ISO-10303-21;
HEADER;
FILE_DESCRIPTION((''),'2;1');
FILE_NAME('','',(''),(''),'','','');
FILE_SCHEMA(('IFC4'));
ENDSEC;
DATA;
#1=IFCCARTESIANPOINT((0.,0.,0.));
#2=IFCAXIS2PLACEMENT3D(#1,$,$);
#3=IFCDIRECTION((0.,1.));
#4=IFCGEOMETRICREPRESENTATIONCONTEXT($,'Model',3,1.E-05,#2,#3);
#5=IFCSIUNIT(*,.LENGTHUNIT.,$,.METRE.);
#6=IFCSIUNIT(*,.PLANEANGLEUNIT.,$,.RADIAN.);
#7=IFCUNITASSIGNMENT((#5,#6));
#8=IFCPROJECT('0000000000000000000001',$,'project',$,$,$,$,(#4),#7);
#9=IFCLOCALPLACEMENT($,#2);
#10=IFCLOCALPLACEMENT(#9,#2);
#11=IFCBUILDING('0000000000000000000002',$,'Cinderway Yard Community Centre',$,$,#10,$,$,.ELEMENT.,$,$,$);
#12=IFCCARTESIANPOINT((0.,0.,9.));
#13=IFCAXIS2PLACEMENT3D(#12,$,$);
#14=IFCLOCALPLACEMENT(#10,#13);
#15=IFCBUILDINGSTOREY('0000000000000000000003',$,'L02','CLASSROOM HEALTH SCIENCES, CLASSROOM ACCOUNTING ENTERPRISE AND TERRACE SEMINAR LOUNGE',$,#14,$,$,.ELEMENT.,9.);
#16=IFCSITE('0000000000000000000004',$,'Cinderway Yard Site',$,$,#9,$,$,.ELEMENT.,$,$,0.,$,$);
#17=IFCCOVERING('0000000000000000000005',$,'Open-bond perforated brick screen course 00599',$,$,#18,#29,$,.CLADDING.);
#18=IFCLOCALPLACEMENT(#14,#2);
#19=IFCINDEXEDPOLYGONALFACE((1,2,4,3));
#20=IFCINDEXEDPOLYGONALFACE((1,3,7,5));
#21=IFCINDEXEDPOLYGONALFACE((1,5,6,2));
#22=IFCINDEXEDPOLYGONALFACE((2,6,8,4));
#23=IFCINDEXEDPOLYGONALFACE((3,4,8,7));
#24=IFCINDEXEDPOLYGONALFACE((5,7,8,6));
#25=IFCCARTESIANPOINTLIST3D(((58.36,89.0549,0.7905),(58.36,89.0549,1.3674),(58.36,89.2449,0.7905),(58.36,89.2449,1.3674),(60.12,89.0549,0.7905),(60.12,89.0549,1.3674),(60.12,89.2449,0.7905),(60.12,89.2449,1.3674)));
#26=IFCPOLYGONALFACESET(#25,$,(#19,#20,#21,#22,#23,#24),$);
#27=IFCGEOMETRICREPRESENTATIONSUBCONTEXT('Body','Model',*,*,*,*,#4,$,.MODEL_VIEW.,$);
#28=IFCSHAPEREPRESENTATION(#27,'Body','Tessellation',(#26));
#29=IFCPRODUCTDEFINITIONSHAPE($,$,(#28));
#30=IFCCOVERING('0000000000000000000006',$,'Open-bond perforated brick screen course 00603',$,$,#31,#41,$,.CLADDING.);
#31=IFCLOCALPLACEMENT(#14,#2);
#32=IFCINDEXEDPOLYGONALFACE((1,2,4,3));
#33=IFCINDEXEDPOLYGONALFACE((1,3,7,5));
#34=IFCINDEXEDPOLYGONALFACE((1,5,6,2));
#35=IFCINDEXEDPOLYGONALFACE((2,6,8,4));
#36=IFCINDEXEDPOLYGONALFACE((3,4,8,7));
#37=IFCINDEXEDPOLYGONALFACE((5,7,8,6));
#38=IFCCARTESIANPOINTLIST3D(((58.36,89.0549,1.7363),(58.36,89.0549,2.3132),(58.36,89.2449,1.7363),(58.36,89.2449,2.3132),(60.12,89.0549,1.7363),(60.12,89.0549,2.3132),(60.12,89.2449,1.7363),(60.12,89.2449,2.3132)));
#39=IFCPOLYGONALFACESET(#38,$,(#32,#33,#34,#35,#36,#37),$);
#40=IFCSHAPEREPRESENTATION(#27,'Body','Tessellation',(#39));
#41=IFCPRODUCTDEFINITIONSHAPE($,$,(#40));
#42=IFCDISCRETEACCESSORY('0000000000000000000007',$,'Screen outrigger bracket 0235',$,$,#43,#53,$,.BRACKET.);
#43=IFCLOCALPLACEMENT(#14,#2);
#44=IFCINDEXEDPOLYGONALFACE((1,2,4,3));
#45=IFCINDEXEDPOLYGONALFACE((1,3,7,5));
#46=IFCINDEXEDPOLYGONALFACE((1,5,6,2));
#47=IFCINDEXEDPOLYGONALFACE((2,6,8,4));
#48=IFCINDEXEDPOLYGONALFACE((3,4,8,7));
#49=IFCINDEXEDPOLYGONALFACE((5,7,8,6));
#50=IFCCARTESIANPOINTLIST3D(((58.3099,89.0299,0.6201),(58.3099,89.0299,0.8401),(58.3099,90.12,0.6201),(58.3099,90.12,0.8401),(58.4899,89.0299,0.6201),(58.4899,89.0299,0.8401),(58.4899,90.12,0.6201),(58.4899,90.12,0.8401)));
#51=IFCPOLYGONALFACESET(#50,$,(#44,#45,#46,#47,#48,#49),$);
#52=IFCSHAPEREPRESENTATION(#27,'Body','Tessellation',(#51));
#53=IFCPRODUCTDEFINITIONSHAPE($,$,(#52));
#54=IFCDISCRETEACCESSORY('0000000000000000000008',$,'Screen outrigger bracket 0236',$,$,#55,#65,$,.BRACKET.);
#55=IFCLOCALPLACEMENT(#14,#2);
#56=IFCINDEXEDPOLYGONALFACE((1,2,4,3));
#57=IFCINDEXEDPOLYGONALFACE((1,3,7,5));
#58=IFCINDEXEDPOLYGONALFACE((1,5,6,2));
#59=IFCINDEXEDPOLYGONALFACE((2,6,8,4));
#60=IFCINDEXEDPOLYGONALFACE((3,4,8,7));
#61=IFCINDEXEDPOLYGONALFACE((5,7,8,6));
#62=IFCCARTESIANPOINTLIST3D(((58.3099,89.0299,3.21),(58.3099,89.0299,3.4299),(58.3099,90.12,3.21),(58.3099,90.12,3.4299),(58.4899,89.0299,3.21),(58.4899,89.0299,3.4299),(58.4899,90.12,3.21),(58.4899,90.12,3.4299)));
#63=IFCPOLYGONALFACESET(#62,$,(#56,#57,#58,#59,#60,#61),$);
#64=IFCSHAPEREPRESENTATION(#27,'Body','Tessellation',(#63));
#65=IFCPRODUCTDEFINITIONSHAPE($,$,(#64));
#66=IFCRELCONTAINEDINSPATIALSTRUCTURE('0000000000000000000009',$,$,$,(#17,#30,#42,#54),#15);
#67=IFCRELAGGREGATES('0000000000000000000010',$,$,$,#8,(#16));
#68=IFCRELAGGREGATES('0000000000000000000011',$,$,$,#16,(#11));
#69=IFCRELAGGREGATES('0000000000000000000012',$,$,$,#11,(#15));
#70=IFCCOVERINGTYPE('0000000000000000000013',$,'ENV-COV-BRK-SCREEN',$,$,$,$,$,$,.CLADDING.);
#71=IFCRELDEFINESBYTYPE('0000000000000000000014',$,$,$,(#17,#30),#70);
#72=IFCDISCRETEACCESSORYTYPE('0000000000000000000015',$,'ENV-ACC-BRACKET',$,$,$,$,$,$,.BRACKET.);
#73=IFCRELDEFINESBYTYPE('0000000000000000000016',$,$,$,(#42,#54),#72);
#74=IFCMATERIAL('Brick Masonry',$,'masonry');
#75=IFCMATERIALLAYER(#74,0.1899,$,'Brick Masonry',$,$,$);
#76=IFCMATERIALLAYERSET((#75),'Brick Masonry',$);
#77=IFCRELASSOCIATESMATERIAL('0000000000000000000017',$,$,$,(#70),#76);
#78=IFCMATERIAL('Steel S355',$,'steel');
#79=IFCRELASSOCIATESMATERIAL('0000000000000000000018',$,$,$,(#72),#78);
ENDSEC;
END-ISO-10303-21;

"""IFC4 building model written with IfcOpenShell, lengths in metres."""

from ifc_helpers import new_model, si_unit, direction, frame, origin, origin_2d, place, context, subcontext, project, spatial, rectangle, extrude, material, layer, layer_set, type_object, element, save


model = new_model("IFC4")

# Units and contexts
model_context = context("Model", 3, precision=1e-05, world=origin(), true_north=direction((0.0, 1.0)))
body_context = subcontext(model_context, "Body", "Model", "MODEL_VIEW")
ifc_project = project(units=[si_unit("LENGTHUNIT", "METRE"), si_unit("PLANEANGLEUNIT", "RADIAN")], contexts=[model_context])

# Site, building, storey
site_placement = place(None, origin())
site = spatial("IfcSite", under=ifc_project, at=site_placement, Name="Cinderway Yard Site", CompositionType="ELEMENT", RefElevation=0.0)
building_placement = place(site_placement, origin())
building = spatial("IfcBuilding", under=site, at=building_placement, Name="Cinderway Yard Community Centre", CompositionType="ELEMENT")
storey_placement = place(building_placement, frame((0.0, 0.0, 9.0)))
storey = spatial("IfcBuildingStorey", under=building, at=storey_placement, Name="L02", Description="CLASSROOM HEALTH SCIENCES, CLASSROOM ACCOUNTING ENTERPRISE AND TERRACE SEMINAR LOUNGE", CompositionType="ELEMENT", Elevation=9.0)

# Shared definitions
ifc_material_1 = material(Name="Steel S355", Category="steel")

# Coverings
ifc_material_2 = material(Name="Brick Masonry", Category="masonry")
ifc_layer_1 = layer(ifc_material_2, 0.1899, Name="Brick Masonry")
ifc_layer_set_1 = layer_set([ifc_layer_1], Name="Brick Masonry")
covering_type = type_object("IfcCoveringType", Name="ENV-COV-BRK-SCREEN", PredefinedType="CLADDING", material=ifc_layer_set_1)
for number, where, z_axis, x_axis, name in (
    (1, (59.24, 89.1499, 0.7905), (0.0, 0.0, 1.0), (-1.0, 0.0, 0.0), "Open-bond perforated brick screen course 00599"),
    (2, (59.24, 89.1499, 1.7363), (0.0, 0.0, 1.0), (-1.0, 0.0, 0.0), "Open-bond perforated brick screen course 00603"),
):
    element("IfcCovering", number, at=place(storey_placement, frame(where, z_axis=z_axis, x_axis=x_axis)), inside=storey, type_object=covering_type, Name=name, PredefinedType="CLADDING", context=body_context, shape_type="SweptSolid", body=[
        extrude(rectangle(XDim=1.76, YDim=0.1899, at=origin_2d()), origin(), (0.0, 0.0, 1.0), 0.5769),
    ])

# Discrete accessories
discrete_accessory_type = type_object("IfcDiscreteAccessoryType", Name="ENV-ACC-BRACKET", PredefinedType="BRACKET", material=ifc_material_1)
for number, where, z_axis, x_axis, name in (
    (3, (58.3999, 89.575, 0.6201), (0.0, 0.0, 1.0), (0.0, -1.0, 0.0), "Screen outrigger bracket 0235"),
    (4, (58.3999, 89.575, 3.21), (0.0, 0.0, 1.0), (0.0, -1.0, 0.0), "Screen outrigger bracket 0236"),
):
    element("IfcDiscreteAccessory", number, at=place(storey_placement, frame(where, z_axis=z_axis, x_axis=x_axis)), inside=storey, type_object=discrete_accessory_type, Name=name, PredefinedType="BRACKET", context=body_context, shape_type="SweptSolid", body=[
        extrude(rectangle(XDim=1.0901, YDim=0.1799, at=origin_2d()), origin(), (0.0, 0.0, 1.0), 0.22),
    ])

save(model, "model.ifc")
